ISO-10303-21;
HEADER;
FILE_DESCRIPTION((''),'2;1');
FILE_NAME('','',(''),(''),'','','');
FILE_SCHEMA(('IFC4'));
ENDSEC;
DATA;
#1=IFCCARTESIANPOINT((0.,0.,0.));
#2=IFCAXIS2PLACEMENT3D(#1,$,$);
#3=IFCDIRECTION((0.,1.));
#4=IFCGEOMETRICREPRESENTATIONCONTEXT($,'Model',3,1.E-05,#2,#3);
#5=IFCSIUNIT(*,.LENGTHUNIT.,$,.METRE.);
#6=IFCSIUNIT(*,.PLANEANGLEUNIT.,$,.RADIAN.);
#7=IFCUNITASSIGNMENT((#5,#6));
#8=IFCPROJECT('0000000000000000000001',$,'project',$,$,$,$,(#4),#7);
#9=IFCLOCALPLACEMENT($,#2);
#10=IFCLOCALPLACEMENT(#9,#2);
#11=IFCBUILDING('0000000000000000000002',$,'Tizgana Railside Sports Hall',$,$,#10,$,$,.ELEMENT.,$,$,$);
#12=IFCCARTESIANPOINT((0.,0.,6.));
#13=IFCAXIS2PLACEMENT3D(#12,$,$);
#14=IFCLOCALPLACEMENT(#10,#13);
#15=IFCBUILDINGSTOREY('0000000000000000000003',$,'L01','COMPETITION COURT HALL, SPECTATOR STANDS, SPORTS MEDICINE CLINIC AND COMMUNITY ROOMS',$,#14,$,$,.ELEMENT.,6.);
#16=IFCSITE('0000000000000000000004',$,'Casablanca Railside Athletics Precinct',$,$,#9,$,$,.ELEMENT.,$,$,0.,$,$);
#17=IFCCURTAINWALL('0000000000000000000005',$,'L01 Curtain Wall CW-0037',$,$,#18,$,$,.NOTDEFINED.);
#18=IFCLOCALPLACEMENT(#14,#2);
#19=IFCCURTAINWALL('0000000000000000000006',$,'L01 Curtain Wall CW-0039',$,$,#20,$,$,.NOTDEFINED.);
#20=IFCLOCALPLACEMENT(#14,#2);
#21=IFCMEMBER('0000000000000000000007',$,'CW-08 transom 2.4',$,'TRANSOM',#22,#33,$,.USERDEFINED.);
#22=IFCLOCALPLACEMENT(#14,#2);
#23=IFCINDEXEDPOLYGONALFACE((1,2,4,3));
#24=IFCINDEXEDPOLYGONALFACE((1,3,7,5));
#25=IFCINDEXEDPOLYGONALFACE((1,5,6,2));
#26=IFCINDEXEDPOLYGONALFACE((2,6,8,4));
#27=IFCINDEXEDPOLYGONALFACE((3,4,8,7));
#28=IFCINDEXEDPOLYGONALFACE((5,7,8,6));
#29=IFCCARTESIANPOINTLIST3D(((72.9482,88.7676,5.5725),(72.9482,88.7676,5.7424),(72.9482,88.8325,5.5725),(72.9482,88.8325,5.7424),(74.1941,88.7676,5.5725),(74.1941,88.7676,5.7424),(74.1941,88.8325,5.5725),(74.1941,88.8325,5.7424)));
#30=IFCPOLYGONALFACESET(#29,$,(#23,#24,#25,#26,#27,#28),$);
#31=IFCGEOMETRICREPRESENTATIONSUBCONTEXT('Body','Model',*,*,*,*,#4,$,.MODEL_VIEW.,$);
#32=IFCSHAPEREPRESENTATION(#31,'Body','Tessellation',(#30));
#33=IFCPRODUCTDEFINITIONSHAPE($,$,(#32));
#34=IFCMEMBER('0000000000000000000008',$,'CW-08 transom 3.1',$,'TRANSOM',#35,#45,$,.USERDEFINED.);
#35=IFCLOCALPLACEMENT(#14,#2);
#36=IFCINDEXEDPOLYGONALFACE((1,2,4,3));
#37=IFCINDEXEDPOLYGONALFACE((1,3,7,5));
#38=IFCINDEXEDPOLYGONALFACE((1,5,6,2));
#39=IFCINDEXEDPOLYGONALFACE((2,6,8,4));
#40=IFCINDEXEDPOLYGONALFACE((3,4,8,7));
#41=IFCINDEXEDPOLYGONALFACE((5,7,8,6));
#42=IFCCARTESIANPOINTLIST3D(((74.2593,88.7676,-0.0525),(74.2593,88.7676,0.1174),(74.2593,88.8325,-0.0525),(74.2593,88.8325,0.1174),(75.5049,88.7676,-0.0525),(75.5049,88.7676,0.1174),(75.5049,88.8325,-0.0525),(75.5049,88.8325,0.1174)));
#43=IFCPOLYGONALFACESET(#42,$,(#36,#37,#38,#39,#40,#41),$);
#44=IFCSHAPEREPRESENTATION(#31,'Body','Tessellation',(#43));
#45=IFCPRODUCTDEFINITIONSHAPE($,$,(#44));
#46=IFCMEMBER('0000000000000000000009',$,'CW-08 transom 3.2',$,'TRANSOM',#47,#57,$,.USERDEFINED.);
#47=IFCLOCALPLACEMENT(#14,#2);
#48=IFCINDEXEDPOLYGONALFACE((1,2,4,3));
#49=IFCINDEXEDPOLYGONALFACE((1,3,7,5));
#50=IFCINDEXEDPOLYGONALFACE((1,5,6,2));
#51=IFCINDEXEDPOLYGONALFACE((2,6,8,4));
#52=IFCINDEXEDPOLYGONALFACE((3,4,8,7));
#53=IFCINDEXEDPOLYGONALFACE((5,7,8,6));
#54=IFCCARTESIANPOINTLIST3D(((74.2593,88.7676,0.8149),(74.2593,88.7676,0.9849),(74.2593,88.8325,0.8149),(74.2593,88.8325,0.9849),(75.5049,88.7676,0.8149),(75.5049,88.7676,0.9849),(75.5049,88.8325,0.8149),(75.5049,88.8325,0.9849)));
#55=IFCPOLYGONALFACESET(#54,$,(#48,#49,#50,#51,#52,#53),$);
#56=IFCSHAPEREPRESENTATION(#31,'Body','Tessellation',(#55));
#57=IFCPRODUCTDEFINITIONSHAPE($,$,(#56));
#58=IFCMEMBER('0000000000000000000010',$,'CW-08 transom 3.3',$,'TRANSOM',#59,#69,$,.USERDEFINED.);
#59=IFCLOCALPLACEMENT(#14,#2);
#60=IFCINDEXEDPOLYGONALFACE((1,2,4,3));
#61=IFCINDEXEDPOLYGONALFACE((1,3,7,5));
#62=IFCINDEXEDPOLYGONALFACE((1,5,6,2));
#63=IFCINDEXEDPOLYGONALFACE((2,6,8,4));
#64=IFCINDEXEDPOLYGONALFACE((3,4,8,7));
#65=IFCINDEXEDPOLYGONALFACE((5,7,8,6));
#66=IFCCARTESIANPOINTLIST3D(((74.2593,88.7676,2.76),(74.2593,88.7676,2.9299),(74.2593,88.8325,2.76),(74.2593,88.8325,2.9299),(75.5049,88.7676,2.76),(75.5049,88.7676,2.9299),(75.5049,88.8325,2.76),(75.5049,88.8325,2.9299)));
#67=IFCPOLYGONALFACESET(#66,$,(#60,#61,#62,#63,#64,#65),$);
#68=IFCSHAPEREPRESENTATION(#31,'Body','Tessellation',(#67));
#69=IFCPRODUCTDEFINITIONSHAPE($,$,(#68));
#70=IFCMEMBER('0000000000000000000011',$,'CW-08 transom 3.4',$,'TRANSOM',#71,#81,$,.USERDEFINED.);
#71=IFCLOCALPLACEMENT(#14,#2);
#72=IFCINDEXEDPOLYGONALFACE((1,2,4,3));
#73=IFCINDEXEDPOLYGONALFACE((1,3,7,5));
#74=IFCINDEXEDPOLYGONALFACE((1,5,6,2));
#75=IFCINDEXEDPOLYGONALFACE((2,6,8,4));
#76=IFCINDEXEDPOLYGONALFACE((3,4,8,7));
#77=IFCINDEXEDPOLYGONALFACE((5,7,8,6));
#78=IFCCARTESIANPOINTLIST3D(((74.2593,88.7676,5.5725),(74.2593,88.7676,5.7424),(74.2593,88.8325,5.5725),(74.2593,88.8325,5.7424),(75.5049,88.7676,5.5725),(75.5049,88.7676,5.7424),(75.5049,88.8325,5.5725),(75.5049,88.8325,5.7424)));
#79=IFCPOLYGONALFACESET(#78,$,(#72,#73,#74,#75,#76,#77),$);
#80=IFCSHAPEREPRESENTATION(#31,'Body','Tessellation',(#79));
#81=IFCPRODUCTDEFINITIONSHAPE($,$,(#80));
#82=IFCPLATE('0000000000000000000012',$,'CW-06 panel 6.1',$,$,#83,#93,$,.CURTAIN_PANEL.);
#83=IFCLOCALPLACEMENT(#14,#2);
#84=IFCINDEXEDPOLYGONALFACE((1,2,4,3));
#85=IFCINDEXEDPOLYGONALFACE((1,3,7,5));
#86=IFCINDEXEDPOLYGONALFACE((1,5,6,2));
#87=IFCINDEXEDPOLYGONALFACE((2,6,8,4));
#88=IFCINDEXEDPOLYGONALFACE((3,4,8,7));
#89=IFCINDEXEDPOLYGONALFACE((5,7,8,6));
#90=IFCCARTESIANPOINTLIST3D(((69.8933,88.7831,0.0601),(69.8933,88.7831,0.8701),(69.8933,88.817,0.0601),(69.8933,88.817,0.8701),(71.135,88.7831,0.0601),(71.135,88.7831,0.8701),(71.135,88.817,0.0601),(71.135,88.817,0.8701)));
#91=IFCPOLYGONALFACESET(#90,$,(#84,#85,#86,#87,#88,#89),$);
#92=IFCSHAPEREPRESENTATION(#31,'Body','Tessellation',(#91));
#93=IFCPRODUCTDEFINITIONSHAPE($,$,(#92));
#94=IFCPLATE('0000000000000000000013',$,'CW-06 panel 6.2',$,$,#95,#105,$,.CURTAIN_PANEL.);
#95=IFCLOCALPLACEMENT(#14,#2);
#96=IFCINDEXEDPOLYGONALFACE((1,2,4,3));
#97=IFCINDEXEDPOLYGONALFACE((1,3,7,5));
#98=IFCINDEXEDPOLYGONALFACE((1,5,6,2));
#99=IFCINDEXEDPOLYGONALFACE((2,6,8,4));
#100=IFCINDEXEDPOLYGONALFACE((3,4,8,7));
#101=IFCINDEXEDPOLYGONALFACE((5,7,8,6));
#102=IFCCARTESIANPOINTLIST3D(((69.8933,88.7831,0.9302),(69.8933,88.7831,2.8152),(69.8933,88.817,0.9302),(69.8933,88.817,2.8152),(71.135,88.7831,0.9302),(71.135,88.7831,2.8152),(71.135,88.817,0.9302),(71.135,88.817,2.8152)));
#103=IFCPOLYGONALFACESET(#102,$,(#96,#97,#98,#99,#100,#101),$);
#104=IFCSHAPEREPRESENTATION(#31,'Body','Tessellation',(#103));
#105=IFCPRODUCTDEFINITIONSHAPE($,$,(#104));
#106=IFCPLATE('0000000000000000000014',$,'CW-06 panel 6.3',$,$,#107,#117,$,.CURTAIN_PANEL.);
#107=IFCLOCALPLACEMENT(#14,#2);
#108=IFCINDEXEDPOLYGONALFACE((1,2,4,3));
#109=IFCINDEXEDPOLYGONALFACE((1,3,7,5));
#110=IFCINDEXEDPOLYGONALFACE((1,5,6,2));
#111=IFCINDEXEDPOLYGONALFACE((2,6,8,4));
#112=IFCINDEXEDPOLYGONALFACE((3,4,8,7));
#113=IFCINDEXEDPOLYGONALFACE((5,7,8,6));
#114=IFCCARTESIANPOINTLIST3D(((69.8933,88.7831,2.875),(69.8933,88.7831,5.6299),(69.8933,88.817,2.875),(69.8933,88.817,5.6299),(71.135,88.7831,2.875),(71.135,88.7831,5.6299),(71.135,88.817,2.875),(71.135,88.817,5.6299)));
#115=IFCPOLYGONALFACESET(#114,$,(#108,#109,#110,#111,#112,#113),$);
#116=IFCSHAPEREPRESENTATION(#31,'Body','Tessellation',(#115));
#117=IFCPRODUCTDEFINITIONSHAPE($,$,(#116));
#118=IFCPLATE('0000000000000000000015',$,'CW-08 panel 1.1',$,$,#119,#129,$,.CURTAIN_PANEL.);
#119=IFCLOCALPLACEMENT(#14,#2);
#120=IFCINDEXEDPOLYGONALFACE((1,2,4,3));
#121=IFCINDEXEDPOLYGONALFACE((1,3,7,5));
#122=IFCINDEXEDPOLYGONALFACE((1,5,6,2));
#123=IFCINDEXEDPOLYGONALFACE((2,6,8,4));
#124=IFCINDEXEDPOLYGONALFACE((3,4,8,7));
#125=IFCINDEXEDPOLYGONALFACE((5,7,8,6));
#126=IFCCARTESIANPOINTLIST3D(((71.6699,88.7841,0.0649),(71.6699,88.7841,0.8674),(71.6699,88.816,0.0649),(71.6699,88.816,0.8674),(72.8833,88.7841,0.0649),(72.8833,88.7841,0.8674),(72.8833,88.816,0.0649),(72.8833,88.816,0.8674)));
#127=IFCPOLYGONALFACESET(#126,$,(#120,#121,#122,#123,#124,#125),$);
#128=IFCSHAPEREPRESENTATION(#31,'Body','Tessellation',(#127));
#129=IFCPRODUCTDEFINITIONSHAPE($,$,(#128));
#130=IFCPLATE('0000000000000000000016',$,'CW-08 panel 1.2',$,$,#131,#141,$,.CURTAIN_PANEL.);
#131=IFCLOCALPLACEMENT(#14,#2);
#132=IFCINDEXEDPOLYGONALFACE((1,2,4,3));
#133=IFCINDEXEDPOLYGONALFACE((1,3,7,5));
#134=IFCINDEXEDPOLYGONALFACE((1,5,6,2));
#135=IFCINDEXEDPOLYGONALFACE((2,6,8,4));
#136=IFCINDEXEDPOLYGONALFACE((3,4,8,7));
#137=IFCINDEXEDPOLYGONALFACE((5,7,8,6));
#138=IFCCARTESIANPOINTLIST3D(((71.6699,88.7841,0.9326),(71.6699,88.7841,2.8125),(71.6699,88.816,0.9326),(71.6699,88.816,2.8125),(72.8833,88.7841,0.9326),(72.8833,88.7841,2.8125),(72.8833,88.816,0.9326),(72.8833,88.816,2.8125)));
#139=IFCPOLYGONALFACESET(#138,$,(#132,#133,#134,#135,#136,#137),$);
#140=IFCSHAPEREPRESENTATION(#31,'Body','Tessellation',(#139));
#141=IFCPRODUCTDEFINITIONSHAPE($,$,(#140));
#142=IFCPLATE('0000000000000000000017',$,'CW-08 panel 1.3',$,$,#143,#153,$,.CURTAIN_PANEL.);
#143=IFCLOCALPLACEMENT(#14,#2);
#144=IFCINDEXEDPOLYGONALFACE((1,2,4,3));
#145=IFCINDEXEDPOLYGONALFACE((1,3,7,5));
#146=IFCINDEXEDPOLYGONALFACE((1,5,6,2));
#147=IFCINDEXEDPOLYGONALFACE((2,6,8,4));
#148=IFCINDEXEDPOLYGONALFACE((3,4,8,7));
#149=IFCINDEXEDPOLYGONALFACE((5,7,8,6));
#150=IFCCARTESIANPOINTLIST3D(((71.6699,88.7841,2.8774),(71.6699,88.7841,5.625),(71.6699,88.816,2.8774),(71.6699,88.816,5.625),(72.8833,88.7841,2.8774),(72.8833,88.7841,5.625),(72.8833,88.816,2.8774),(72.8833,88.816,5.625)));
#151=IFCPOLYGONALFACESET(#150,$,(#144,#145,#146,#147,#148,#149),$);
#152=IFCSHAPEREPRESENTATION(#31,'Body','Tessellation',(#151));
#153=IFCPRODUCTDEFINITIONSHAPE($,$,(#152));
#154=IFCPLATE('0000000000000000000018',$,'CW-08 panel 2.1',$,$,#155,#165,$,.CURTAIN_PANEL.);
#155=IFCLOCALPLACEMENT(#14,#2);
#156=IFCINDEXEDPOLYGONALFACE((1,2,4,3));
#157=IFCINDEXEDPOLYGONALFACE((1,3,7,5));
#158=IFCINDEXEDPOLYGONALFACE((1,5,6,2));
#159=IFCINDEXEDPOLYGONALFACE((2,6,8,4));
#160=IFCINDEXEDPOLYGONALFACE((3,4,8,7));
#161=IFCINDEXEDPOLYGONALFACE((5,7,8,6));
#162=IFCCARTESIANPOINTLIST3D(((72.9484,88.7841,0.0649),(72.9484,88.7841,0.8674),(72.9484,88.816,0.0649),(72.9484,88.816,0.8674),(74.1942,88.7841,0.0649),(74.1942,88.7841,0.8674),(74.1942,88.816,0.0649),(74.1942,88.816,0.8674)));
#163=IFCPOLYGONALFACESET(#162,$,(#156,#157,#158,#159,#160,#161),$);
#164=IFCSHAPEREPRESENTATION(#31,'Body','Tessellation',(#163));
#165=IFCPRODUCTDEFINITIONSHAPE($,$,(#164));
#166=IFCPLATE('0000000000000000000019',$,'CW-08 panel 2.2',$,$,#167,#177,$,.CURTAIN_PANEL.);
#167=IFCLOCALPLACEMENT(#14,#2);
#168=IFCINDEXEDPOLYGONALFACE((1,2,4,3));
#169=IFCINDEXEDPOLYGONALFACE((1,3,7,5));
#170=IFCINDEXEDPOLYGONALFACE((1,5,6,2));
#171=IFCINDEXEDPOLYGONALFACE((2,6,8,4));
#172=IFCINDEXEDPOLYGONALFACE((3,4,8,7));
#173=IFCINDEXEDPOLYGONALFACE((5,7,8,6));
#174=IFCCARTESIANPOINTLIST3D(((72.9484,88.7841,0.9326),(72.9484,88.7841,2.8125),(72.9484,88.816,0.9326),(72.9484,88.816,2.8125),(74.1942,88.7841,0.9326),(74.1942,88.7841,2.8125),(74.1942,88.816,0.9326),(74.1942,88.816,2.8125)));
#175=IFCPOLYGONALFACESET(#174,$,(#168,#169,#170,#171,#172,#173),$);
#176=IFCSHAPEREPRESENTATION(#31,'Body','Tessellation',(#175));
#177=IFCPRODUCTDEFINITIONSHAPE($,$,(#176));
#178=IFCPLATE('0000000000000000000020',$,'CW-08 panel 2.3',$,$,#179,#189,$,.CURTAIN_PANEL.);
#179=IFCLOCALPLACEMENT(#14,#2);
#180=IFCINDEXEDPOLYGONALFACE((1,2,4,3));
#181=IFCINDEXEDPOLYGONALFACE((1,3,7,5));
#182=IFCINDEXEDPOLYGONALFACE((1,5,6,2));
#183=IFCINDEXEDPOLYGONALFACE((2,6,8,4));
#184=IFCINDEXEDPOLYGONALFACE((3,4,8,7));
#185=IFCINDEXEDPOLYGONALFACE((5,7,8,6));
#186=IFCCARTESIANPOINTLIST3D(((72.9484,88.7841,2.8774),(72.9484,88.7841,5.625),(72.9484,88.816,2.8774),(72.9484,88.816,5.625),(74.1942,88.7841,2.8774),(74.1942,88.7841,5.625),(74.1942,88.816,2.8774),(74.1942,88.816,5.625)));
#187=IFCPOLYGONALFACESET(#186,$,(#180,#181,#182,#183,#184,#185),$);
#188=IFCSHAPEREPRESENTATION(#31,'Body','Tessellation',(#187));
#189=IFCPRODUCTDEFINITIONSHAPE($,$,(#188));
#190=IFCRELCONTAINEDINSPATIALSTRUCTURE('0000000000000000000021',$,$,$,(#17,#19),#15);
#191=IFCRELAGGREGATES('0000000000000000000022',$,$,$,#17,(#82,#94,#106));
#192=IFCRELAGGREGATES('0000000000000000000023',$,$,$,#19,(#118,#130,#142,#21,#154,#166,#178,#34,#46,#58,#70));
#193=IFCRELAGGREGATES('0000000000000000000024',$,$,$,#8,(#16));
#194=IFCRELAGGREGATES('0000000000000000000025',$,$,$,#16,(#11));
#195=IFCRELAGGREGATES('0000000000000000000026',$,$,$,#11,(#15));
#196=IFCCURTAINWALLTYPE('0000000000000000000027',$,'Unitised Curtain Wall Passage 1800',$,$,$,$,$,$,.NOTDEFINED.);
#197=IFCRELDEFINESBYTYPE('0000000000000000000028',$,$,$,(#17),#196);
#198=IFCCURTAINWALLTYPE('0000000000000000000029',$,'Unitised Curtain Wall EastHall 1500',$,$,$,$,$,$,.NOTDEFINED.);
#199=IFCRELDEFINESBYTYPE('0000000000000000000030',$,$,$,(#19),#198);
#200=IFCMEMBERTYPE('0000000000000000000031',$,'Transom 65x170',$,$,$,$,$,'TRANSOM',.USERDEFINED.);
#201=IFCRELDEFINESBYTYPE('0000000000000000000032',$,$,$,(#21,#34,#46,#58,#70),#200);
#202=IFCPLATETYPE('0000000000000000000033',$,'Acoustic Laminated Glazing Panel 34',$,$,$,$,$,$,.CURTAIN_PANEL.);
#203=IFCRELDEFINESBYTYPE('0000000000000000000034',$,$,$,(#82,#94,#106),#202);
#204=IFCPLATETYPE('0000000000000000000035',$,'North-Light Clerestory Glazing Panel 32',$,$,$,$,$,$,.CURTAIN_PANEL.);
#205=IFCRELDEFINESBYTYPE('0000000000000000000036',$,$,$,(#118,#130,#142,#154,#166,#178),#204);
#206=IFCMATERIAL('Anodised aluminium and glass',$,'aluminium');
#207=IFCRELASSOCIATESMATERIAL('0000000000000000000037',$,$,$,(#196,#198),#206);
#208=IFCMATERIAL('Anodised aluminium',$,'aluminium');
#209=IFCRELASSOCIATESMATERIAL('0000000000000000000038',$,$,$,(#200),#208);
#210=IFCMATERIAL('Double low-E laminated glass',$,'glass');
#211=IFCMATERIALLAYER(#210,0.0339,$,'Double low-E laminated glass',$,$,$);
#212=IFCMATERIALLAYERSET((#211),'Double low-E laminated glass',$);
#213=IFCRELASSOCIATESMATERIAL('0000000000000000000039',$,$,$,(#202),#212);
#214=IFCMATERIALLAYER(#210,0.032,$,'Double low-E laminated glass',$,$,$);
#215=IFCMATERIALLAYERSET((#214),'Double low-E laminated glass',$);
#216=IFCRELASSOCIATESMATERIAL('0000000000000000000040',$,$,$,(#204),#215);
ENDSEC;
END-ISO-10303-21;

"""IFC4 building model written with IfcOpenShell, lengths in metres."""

from ifc_helpers import new_model, si_unit, direction, frame, origin, origin_2d, place, context, subcontext, project, spatial, rectangle, extrude, material, layer, layer_set, material_profile, profile_set, type_object, element, aggregate, save


model = new_model("IFC4")

# Units and contexts
model_context = context("Model", 3, precision=1e-05, world=origin(), true_north=direction((0.0, 1.0)))
body_context = subcontext(model_context, "Body", "Model", "MODEL_VIEW")
ifc_project = project(units=[si_unit("LENGTHUNIT", "METRE"), si_unit("PLANEANGLEUNIT", "RADIAN")], contexts=[model_context])

# Site, building, storey
site_placement = place(None, origin())
site = spatial("IfcSite", under=ifc_project, at=site_placement, Name="Casablanca Railside Athletics Precinct", CompositionType="ELEMENT", RefElevation=0.0)
building_placement = place(site_placement, origin())
building = spatial("IfcBuilding", under=site, at=building_placement, Name="Tizgana Railside Sports Hall", CompositionType="ELEMENT")
storey_placement = place(building_placement, frame((0.0, 0.0, 6.0)))
storey = spatial("IfcBuildingStorey", under=building, at=storey_placement, Name="L01", Description="COMPETITION COURT HALL, SPECTATOR STANDS, SPORTS MEDICINE CLINIC AND COMMUNITY ROOMS", CompositionType="ELEMENT", Elevation=6.0)

# Curtain wall
ifc_material_1 = material(Name="Anodised aluminium and glass", Category="aluminium")
curtain_wall_type_1 = type_object("IfcCurtainWallType", Name="Unitised Curtain Wall Passage 1800", PredefinedType="NOTDEFINED", material=ifc_material_1)
curtain_wall_1_placement = place(storey_placement, origin())
curtain_wall_1 = element("IfcCurtainWall", 1, at=curtain_wall_1_placement, inside=storey, type_object=curtain_wall_type_1, Name="L01 Curtain Wall CW-0037", PredefinedType="NOTDEFINED")
ifc_material_2 = material(Name="Anodised aluminium", Category="aluminium")

# Curtain wall
curtain_wall_type_2 = type_object("IfcCurtainWallType", Name="Unitised Curtain Wall EastHall 1500", PredefinedType="NOTDEFINED", material=ifc_material_1)
curtain_wall_2_placement = place(storey_placement, origin())
curtain_wall_2 = element("IfcCurtainWall", 2, at=curtain_wall_2_placement, inside=storey, type_object=curtain_wall_type_2, Name="L01 Curtain Wall CW-0039", PredefinedType="NOTDEFINED")

# Members
ifc_material_profile_1 = material_profile(ifc_material_2, rectangle(XDim=0.0649, YDim=0.1699, at=origin_2d()), Name="Transom 65x170")
ifc_profile_set_1 = profile_set([ifc_material_profile_1], Name="Anodised aluminium")
member_type_1 = type_object("IfcMemberType", Name="Transom 65x170", ElementType="TRANSOM", PredefinedType="USERDEFINED", material=ifc_profile_set_1)
member_1_placement = place(storey_placement, frame((72.9482, 88.8, 5.6575), z_axis=(1.0, 0.0, 0.0), x_axis=(0.0, 1.0, 0.0)))
member_1 = element("IfcMember", 3, at=member_1_placement, type_object=member_type_1, Name="CW-08 transom 2.4", ObjectType="TRANSOM", PredefinedType="USERDEFINED", context=body_context, shape_type="SweptSolid", body=[
    extrude(rectangle(XDim=0.0649, YDim=0.1699, at=origin_2d()), origin(), (0.0, 0.0, 1.0), 1.2458),
])
member_2_placement = place(storey_placement, frame((74.2593, 88.8, 0.0325), z_axis=(1.0, 0.0, 0.0), x_axis=(0.0, 1.0, 0.0)))
member_2 = element("IfcMember", 4, at=member_2_placement, type_object=member_type_1, Name="CW-08 transom 3.1", ObjectType="TRANSOM", PredefinedType="USERDEFINED", context=body_context, shape_type="SweptSolid", body=[
    extrude(rectangle(XDim=0.0649, YDim=0.1699, at=origin_2d()), origin(), (0.0, 0.0, 1.0), 1.2456),
])
member_3_placement = place(storey_placement, frame((74.2593, 88.8, 0.8999), z_axis=(1.0, 0.0, 0.0), x_axis=(0.0, 1.0, 0.0)))
member_3 = element("IfcMember", 5, at=member_3_placement, type_object=member_type_1, Name="CW-08 transom 3.2", ObjectType="TRANSOM", PredefinedType="USERDEFINED", context=body_context, shape_type="SweptSolid", body=[
    extrude(rectangle(XDim=0.0649, YDim=0.1699, at=origin_2d()), origin(), (0.0, 0.0, 1.0), 1.2456),
])
member_4_placement = place(storey_placement, frame((74.2593, 88.8, 2.845), z_axis=(1.0, 0.0, 0.0), x_axis=(0.0, 1.0, 0.0)))
member_4 = element("IfcMember", 6, at=member_4_placement, type_object=member_type_1, Name="CW-08 transom 3.3", ObjectType="TRANSOM", PredefinedType="USERDEFINED", context=body_context, shape_type="SweptSolid", body=[
    extrude(rectangle(XDim=0.0649, YDim=0.1699, at=origin_2d()), origin(), (0.0, 0.0, 1.0), 1.2456),
])
member_5_placement = place(storey_placement, frame((74.2593, 88.8, 5.6575), z_axis=(1.0, 0.0, 0.0), x_axis=(0.0, 1.0, 0.0)))
member_5 = element("IfcMember", 7, at=member_5_placement, type_object=member_type_1, Name="CW-08 transom 3.4", ObjectType="TRANSOM", PredefinedType="USERDEFINED", context=body_context, shape_type="SweptSolid", body=[
    extrude(rectangle(XDim=0.0649, YDim=0.1699, at=origin_2d()), origin(), (0.0, 0.0, 1.0), 1.2456),
])

# Plates
ifc_material_3 = material(Name="Double low-E laminated glass", Category="glass")
ifc_layer_1 = layer(ifc_material_3, 0.0339, Name="Double low-E laminated glass")
ifc_layer_set_1 = layer_set([ifc_layer_1], Name="Double low-E laminated glass")
plate_type_1 = type_object("IfcPlateType", Name="Acoustic Laminated Glazing Panel 34", PredefinedType="CURTAIN_PANEL", material=ifc_layer_set_1)
plate_1_placement = place(storey_placement, frame((70.5142, 88.8, 0.0601), z_axis=(0.0, 0.0, 1.0), x_axis=(1.0, 0.0, 0.0)))
plate_1 = element("IfcPlate", 8, at=plate_1_placement, type_object=plate_type_1, Name="CW-06 panel 6.1", PredefinedType="CURTAIN_PANEL", context=body_context, shape_type="SweptSolid", body=[
    extrude(rectangle(XDim=1.2417, YDim=0.0339, at=origin_2d()), origin(), (0.0, 0.0, 1.0), 0.8101),
])
plate_2_placement = place(storey_placement, frame((70.5142, 88.8, 0.9302), z_axis=(0.0, 0.0, 1.0), x_axis=(1.0, 0.0, 0.0)))
plate_2 = element("IfcPlate", 9, at=plate_2_placement, type_object=plate_type_1, Name="CW-06 panel 6.2", PredefinedType="CURTAIN_PANEL", context=body_context, shape_type="SweptSolid", body=[
    extrude(rectangle(XDim=1.2417, YDim=0.0339, at=origin_2d()), origin(), (0.0, 0.0, 1.0), 1.885),
])
plate_3_placement = place(storey_placement, frame((70.5142, 88.8, 2.875), z_axis=(0.0, 0.0, 1.0), x_axis=(1.0, 0.0, 0.0)))
plate_3 = element("IfcPlate", 10, at=plate_3_placement, type_object=plate_type_1, Name="CW-06 panel 6.3", PredefinedType="CURTAIN_PANEL", context=body_context, shape_type="SweptSolid", body=[
    extrude(rectangle(XDim=1.2417, YDim=0.0339, at=origin_2d()), origin(), (0.0, 0.0, 1.0), 2.7549),
])
aggregate(curtain_wall_1, [plate_1, plate_2, plate_3])
ifc_layer_2 = layer(ifc_material_3, 0.032, Name="Double low-E laminated glass")
ifc_layer_set_2 = layer_set([ifc_layer_2], Name="Double low-E laminated glass")
plate_type_2 = type_object("IfcPlateType", Name="North-Light Clerestory Glazing Panel 32", PredefinedType="CURTAIN_PANEL", material=ifc_layer_set_2)
plate_4_placement = place(storey_placement, frame((72.2766, 88.8, 0.0649), z_axis=(0.0, 0.0, 1.0), x_axis=(1.0, 0.0, 0.0)))
plate_4 = element("IfcPlate", 11, at=plate_4_placement, type_object=plate_type_2, Name="CW-08 panel 1.1", PredefinedType="CURTAIN_PANEL", context=body_context, shape_type="SweptSolid", body=[
    extrude(rectangle(XDim=1.2134, YDim=0.032, at=origin_2d()), origin(), (0.0, 0.0, 1.0), 0.8025),
])
plate_5_placement = place(storey_placement, frame((72.2766, 88.8, 0.9326), z_axis=(0.0, 0.0, 1.0), x_axis=(1.0, 0.0, 0.0)))
plate_5 = element("IfcPlate", 12, at=plate_5_placement, type_object=plate_type_2, Name="CW-08 panel 1.2", PredefinedType="CURTAIN_PANEL", context=body_context, shape_type="SweptSolid", body=[
    extrude(rectangle(XDim=1.2134, YDim=0.032, at=origin_2d()), origin(), (0.0, 0.0, 1.0), 1.8799),
])
plate_6_placement = place(storey_placement, frame((72.2766, 88.8, 2.8774), z_axis=(0.0, 0.0, 1.0), x_axis=(1.0, 0.0, 0.0)))
plate_6 = element("IfcPlate", 13, at=plate_6_placement, type_object=plate_type_2, Name="CW-08 panel 1.3", PredefinedType="CURTAIN_PANEL", context=body_context, shape_type="SweptSolid", body=[
    extrude(rectangle(XDim=1.2134, YDim=0.032, at=origin_2d()), origin(), (0.0, 0.0, 1.0), 2.7476),
])
plate_7_placement = place(storey_placement, frame((73.5713, 88.8, 0.0649), z_axis=(0.0, 0.0, 1.0), x_axis=(1.0, 0.0, 0.0)))
plate_7 = element("IfcPlate", 14, at=plate_7_placement, type_object=plate_type_2, Name="CW-08 panel 2.1", PredefinedType="CURTAIN_PANEL", context=body_context, shape_type="SweptSolid", body=[
    extrude(rectangle(XDim=1.2458, YDim=0.032, at=origin_2d()), origin(), (0.0, 0.0, 1.0), 0.8025),
])
plate_8_placement = place(storey_placement, frame((73.5713, 88.8, 0.9326), z_axis=(0.0, 0.0, 1.0), x_axis=(1.0, 0.0, 0.0)))
plate_8 = element("IfcPlate", 15, at=plate_8_placement, type_object=plate_type_2, Name="CW-08 panel 2.2", PredefinedType="CURTAIN_PANEL", context=body_context, shape_type="SweptSolid", body=[
    extrude(rectangle(XDim=1.2458, YDim=0.032, at=origin_2d()), origin(), (0.0, 0.0, 1.0), 1.8799),
])
plate_9_placement = place(storey_placement, frame((73.5713, 88.8, 2.8774), z_axis=(0.0, 0.0, 1.0), x_axis=(1.0, 0.0, 0.0)))
plate_9 = element("IfcPlate", 16, at=plate_9_placement, type_object=plate_type_2, Name="CW-08 panel 2.3", PredefinedType="CURTAIN_PANEL", context=body_context, shape_type="SweptSolid", body=[
    extrude(rectangle(XDim=1.2458, YDim=0.032, at=origin_2d()), origin(), (0.0, 0.0, 1.0), 2.7476),
])
aggregate(curtain_wall_2, [plate_4, plate_5, plate_6, member_1, plate_7, plate_8, plate_9, member_2, member_3, member_4, member_5])

save(model, "model.ifc")
